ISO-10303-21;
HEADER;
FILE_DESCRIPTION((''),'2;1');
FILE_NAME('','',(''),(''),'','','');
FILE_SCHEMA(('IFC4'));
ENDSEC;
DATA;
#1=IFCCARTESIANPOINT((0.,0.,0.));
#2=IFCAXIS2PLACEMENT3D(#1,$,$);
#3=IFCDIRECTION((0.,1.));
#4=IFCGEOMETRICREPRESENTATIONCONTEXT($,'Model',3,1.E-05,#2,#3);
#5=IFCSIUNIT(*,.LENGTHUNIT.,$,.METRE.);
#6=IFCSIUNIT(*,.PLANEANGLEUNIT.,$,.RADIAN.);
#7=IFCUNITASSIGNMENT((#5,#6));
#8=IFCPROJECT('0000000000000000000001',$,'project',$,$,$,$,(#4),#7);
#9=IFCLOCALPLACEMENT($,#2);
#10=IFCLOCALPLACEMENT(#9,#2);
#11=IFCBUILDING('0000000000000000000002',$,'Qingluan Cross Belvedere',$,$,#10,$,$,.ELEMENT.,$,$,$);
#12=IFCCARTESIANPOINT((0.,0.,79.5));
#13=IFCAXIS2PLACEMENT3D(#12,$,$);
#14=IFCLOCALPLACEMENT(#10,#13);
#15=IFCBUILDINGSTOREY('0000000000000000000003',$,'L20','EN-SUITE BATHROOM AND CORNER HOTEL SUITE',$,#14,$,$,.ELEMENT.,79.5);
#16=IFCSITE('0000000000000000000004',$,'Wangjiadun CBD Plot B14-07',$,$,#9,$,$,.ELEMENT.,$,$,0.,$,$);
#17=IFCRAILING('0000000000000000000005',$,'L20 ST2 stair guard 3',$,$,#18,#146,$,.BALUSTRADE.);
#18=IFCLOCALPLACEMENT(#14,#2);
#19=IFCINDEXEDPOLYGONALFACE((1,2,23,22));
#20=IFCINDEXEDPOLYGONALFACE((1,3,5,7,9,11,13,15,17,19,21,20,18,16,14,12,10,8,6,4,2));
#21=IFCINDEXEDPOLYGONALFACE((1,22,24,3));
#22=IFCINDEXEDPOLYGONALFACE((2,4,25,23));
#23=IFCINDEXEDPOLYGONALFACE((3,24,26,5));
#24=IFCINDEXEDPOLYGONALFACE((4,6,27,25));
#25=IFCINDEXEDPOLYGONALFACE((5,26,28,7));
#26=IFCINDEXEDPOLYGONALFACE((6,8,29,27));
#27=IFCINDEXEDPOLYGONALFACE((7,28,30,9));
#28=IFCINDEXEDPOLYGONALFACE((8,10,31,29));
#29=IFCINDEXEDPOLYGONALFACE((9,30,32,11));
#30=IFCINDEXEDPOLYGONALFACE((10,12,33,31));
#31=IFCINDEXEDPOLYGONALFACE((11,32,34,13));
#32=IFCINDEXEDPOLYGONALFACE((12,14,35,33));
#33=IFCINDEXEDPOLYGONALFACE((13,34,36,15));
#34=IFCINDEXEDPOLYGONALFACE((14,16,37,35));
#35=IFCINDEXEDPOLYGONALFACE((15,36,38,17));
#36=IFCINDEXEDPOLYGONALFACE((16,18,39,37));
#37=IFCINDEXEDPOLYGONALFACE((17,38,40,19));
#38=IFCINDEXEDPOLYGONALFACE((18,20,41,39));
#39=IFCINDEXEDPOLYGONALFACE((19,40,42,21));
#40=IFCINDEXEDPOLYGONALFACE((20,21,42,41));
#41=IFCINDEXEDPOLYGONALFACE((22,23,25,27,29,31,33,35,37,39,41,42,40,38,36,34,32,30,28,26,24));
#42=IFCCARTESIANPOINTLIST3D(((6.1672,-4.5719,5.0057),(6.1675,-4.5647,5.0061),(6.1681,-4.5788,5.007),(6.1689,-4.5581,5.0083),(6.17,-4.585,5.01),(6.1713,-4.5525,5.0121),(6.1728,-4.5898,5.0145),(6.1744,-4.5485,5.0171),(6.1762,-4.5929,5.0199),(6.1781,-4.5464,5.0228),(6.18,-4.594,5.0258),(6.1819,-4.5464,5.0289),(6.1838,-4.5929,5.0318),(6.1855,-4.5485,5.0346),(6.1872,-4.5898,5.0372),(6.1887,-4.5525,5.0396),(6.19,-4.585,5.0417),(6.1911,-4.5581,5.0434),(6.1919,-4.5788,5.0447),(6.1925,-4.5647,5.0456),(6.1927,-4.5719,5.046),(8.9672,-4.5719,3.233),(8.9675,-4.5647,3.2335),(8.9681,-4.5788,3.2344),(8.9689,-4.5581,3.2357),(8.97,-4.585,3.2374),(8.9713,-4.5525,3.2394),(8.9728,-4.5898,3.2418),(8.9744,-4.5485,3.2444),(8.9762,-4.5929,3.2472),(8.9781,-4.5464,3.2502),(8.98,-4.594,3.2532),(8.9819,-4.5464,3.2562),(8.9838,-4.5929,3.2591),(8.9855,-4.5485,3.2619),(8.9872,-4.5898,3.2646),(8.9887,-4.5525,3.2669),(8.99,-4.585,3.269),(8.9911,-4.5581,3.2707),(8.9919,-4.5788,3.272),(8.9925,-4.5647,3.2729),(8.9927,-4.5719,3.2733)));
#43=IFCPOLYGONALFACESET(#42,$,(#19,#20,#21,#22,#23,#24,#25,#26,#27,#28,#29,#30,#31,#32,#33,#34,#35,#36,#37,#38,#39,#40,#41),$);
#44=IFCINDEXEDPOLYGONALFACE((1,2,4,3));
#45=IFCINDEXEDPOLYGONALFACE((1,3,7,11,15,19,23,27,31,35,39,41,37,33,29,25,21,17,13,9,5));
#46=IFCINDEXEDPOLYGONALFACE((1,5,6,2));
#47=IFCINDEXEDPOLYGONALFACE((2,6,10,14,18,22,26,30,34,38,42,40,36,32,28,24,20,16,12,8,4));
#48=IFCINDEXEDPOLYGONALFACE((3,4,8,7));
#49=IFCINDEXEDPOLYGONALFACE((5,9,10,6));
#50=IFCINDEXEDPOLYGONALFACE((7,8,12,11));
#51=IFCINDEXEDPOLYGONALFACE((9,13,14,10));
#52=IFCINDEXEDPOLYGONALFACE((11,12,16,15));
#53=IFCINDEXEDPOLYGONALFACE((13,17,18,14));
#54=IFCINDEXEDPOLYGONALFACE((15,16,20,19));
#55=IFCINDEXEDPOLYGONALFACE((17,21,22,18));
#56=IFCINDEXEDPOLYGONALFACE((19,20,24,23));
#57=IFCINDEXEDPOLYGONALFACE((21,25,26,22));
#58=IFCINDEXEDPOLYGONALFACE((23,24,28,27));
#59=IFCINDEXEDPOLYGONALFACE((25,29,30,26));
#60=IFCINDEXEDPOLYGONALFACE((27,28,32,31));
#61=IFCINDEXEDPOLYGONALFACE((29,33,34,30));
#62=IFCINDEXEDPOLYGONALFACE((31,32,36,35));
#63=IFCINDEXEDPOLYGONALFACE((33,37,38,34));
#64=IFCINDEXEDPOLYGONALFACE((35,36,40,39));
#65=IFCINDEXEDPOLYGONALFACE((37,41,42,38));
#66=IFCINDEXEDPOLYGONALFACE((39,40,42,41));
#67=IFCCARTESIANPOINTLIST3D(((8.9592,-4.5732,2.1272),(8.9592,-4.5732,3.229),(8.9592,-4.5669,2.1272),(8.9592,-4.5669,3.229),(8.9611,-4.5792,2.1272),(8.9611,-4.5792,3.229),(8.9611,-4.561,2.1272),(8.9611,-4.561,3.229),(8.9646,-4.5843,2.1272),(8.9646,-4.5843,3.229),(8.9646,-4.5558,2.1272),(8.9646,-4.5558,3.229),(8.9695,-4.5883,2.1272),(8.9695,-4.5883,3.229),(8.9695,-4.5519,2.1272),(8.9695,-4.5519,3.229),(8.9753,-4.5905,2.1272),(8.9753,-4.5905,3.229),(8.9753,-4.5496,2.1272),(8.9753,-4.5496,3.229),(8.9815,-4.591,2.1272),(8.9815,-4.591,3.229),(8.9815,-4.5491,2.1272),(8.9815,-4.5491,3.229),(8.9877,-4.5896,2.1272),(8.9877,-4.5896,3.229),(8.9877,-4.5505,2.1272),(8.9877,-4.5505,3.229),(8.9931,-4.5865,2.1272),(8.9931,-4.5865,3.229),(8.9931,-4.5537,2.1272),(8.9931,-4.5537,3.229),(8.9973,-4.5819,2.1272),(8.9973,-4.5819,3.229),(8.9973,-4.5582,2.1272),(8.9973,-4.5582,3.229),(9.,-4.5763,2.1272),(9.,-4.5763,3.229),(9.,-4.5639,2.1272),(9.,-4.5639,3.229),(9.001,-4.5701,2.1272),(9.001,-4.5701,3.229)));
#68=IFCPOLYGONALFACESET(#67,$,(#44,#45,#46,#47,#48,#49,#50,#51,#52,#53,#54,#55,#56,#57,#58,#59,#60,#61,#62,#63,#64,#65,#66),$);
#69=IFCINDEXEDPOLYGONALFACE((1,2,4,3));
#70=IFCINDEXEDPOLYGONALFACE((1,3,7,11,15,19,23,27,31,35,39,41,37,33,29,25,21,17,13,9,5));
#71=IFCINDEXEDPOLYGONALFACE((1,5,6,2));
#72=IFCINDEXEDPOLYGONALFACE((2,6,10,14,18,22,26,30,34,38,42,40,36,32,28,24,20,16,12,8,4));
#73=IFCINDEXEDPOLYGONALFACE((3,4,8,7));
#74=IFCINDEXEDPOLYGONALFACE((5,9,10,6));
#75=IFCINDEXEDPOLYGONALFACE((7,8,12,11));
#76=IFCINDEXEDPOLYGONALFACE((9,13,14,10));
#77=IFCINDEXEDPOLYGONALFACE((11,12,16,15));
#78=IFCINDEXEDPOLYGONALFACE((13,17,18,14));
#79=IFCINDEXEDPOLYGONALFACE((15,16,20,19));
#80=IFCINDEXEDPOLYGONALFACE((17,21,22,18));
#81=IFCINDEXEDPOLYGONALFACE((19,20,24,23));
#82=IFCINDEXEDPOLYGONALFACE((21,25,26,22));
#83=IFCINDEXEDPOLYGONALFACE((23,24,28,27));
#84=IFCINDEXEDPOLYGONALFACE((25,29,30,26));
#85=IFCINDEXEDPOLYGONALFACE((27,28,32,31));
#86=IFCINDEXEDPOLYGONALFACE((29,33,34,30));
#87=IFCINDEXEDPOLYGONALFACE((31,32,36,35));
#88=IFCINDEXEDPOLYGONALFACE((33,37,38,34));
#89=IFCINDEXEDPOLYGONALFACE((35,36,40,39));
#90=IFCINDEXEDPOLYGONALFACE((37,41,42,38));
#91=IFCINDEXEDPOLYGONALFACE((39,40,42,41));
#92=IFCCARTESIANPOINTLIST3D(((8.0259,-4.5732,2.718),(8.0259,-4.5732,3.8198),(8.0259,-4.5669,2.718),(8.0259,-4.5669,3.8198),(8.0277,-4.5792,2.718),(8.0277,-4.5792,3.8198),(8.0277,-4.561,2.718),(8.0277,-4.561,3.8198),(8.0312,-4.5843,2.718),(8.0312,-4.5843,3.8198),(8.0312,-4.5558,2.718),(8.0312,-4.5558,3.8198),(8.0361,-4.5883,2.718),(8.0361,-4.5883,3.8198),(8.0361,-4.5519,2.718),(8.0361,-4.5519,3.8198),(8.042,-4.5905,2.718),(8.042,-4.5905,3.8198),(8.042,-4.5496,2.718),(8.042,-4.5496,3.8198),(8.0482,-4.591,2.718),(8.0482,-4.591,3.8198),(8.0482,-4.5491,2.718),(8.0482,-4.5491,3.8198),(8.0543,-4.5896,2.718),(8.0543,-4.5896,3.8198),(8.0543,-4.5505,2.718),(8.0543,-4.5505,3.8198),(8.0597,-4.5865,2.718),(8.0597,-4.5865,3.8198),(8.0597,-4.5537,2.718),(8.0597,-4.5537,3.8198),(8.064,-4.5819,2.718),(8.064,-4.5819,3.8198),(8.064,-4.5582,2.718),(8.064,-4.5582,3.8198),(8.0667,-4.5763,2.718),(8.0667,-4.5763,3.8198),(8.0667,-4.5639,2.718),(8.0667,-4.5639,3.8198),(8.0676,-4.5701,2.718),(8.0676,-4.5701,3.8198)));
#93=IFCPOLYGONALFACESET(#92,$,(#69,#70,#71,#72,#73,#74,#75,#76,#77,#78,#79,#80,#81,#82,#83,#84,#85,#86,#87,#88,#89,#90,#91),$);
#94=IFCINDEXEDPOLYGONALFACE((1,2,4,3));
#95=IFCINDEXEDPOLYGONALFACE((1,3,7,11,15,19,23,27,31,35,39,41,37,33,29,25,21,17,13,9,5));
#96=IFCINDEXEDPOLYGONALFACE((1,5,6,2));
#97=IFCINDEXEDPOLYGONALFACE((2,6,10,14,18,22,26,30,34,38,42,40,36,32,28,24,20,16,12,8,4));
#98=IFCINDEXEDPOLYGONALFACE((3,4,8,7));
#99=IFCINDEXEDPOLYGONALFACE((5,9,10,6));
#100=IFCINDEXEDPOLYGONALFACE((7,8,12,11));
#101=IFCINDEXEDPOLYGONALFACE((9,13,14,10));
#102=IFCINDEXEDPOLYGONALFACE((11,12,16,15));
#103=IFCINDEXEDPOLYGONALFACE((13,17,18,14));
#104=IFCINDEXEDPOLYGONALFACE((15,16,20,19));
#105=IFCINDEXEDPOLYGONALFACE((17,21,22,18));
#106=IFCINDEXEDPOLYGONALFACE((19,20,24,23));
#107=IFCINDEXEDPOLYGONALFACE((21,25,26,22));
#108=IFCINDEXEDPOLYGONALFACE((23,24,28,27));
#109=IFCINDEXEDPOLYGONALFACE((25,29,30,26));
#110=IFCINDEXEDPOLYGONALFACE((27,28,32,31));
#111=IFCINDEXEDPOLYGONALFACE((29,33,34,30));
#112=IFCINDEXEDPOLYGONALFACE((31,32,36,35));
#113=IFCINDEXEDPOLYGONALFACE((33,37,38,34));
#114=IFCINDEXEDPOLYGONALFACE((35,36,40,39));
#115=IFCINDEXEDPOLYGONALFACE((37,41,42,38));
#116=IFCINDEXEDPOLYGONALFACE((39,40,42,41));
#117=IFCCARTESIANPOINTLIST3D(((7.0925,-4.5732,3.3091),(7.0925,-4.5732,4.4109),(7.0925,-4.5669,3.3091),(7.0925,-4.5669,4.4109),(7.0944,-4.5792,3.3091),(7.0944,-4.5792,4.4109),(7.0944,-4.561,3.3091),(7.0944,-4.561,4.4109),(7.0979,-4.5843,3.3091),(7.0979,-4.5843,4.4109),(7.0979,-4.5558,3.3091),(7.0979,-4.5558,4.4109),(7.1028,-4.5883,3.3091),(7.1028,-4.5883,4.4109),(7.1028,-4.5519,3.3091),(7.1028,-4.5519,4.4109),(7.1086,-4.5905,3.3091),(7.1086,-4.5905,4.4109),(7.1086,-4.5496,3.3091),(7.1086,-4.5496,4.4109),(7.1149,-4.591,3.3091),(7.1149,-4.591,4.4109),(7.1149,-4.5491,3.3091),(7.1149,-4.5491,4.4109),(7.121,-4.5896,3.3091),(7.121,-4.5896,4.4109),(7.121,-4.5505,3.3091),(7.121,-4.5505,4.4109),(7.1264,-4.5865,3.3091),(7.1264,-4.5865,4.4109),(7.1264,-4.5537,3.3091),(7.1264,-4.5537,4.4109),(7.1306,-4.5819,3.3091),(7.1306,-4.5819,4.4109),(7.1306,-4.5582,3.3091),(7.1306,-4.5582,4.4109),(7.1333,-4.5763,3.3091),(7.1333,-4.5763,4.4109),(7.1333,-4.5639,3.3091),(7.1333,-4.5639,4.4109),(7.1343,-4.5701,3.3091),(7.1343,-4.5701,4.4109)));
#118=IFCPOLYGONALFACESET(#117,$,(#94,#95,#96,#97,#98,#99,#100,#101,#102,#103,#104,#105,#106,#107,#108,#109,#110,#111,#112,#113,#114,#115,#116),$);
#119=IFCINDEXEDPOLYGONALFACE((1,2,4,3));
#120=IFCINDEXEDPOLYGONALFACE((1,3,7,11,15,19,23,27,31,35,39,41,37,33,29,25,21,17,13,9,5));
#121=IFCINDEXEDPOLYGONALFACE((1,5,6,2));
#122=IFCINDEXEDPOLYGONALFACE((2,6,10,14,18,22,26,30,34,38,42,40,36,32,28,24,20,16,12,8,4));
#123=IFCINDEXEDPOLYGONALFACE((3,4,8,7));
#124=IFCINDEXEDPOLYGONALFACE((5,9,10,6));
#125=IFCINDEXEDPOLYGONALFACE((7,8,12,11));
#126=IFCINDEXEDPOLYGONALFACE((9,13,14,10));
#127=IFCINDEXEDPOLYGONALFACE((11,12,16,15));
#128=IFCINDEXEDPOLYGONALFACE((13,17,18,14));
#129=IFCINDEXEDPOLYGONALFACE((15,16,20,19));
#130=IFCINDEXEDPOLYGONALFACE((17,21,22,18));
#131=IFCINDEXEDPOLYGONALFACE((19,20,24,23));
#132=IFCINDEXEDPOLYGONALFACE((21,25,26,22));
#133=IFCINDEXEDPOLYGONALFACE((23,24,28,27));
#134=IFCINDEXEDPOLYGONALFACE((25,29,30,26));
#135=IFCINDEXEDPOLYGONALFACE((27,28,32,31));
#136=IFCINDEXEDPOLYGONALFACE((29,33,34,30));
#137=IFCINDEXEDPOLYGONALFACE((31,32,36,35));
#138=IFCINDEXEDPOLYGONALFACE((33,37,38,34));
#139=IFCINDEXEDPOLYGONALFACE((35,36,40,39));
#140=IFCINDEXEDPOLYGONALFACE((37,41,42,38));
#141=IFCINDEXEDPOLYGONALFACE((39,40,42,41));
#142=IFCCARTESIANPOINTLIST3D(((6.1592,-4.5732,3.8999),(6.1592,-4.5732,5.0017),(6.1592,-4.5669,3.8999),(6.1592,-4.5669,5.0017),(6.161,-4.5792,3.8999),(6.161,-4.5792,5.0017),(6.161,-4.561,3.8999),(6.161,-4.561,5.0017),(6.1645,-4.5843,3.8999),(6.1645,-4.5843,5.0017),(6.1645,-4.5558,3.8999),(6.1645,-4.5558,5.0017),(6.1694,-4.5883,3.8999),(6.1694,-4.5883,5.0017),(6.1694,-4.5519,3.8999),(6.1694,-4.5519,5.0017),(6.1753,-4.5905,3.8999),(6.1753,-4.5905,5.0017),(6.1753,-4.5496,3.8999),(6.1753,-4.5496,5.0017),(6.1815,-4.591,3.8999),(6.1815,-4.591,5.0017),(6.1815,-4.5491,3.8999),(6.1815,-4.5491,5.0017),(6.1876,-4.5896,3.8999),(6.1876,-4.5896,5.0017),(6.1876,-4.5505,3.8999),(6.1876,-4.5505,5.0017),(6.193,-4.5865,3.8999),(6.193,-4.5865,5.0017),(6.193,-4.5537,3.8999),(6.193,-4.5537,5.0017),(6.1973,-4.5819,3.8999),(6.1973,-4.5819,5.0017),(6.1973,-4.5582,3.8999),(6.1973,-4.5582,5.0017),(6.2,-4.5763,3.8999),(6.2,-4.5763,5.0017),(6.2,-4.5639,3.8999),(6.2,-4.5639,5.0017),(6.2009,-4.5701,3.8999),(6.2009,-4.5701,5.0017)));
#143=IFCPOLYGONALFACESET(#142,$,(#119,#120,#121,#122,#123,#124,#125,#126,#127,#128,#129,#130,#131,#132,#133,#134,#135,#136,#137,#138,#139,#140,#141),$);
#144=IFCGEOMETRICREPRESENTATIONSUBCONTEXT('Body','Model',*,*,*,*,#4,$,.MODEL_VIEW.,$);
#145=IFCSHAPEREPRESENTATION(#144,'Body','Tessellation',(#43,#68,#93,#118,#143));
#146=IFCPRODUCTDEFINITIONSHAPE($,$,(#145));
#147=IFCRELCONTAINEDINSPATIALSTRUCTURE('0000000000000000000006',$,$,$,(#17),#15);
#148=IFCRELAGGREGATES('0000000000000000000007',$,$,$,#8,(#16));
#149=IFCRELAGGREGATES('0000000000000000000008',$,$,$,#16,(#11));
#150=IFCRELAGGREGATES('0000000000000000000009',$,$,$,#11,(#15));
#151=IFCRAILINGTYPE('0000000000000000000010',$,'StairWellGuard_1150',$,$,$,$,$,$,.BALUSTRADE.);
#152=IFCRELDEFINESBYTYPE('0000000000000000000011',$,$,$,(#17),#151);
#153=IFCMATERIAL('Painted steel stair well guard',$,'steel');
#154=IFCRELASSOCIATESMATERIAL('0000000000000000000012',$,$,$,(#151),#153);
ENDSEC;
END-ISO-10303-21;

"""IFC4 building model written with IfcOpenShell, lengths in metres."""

from ifc_helpers import new_model, si_unit, direction, frame, origin, origin_2d, place, context, subcontext, project, spatial, circle, extrude, material, type_object, element, save


model = new_model("IFC4")

# Units and contexts
model_context = context("Model", 3, precision=1e-05, world=origin(), true_north=direction((0.0, 1.0)))
body_context = subcontext(model_context, "Body", "Model", "MODEL_VIEW")
ifc_project = project(units=[si_unit("LENGTHUNIT", "METRE"), si_unit("PLANEANGLEUNIT", "RADIAN")], contexts=[model_context])

# Site, building, storey
site_placement = place(None, origin())
site = spatial("IfcSite", under=ifc_project, at=site_placement, Name="Wangjiadun CBD Plot B14-07", CompositionType="ELEMENT", RefElevation=0.0)
building_placement = place(site_placement, origin())
building = spatial("IfcBuilding", under=site, at=building_placement, Name="Qingluan Cross Belvedere", CompositionType="ELEMENT")
storey_placement = place(building_placement, frame((0.0, 0.0, 79.5)))
storey = spatial("IfcBuildingStorey", under=building, at=storey_placement, Name="L20", Description="EN-SUITE BATHROOM AND CORNER HOTEL SUITE", CompositionType="ELEMENT", Elevation=79.5)

# Railing
ifc_material_1 = material(Name="Painted steel stair well guard", Category="steel")
railing_type_1 = type_object("IfcRailingType", Name="StairWellGuard_1150", PredefinedType="BALUSTRADE", material=ifc_material_1)
railing_1_placement = place(storey_placement, frame((8.98, -4.5701, 2.1272)))
element("IfcRailing", 1, at=railing_1_placement, inside=storey, type_object=railing_type_1, Name="L20 ST2 stair guard 3", PredefinedType="BALUSTRADE", context=body_context, shape_type="SweptSolid", body=[
    extrude(circle(Radius=0.0239, at=origin_2d()), frame((0.0, 0.0, 1.126), z_axis=(-0.844909, 0.0, 0.53491), x_axis=(0.0, -1.0, 0.0)), (0.0, 0.0, 1.0), 3.314),
    extrude(circle(Radius=0.021, at=origin_2d()), origin(), (0.0, 0.0, 1.0), 1.1018),
    extrude(circle(Radius=0.021, at=origin_2d()), frame((-0.9333, 0.0, 0.5908)), (0.0, 0.0, 1.0), 1.1018),
    extrude(circle(Radius=0.021, at=origin_2d()), frame((-1.8667, 0.0, 1.1819)), (0.0, 0.0, 1.0), 1.1018),
    extrude(circle(Radius=0.021, at=origin_2d()), frame((-2.8, 0.0, 1.7727)), (0.0, 0.0, 1.0), 1.1018),
])

save(model, "model.ifc")
